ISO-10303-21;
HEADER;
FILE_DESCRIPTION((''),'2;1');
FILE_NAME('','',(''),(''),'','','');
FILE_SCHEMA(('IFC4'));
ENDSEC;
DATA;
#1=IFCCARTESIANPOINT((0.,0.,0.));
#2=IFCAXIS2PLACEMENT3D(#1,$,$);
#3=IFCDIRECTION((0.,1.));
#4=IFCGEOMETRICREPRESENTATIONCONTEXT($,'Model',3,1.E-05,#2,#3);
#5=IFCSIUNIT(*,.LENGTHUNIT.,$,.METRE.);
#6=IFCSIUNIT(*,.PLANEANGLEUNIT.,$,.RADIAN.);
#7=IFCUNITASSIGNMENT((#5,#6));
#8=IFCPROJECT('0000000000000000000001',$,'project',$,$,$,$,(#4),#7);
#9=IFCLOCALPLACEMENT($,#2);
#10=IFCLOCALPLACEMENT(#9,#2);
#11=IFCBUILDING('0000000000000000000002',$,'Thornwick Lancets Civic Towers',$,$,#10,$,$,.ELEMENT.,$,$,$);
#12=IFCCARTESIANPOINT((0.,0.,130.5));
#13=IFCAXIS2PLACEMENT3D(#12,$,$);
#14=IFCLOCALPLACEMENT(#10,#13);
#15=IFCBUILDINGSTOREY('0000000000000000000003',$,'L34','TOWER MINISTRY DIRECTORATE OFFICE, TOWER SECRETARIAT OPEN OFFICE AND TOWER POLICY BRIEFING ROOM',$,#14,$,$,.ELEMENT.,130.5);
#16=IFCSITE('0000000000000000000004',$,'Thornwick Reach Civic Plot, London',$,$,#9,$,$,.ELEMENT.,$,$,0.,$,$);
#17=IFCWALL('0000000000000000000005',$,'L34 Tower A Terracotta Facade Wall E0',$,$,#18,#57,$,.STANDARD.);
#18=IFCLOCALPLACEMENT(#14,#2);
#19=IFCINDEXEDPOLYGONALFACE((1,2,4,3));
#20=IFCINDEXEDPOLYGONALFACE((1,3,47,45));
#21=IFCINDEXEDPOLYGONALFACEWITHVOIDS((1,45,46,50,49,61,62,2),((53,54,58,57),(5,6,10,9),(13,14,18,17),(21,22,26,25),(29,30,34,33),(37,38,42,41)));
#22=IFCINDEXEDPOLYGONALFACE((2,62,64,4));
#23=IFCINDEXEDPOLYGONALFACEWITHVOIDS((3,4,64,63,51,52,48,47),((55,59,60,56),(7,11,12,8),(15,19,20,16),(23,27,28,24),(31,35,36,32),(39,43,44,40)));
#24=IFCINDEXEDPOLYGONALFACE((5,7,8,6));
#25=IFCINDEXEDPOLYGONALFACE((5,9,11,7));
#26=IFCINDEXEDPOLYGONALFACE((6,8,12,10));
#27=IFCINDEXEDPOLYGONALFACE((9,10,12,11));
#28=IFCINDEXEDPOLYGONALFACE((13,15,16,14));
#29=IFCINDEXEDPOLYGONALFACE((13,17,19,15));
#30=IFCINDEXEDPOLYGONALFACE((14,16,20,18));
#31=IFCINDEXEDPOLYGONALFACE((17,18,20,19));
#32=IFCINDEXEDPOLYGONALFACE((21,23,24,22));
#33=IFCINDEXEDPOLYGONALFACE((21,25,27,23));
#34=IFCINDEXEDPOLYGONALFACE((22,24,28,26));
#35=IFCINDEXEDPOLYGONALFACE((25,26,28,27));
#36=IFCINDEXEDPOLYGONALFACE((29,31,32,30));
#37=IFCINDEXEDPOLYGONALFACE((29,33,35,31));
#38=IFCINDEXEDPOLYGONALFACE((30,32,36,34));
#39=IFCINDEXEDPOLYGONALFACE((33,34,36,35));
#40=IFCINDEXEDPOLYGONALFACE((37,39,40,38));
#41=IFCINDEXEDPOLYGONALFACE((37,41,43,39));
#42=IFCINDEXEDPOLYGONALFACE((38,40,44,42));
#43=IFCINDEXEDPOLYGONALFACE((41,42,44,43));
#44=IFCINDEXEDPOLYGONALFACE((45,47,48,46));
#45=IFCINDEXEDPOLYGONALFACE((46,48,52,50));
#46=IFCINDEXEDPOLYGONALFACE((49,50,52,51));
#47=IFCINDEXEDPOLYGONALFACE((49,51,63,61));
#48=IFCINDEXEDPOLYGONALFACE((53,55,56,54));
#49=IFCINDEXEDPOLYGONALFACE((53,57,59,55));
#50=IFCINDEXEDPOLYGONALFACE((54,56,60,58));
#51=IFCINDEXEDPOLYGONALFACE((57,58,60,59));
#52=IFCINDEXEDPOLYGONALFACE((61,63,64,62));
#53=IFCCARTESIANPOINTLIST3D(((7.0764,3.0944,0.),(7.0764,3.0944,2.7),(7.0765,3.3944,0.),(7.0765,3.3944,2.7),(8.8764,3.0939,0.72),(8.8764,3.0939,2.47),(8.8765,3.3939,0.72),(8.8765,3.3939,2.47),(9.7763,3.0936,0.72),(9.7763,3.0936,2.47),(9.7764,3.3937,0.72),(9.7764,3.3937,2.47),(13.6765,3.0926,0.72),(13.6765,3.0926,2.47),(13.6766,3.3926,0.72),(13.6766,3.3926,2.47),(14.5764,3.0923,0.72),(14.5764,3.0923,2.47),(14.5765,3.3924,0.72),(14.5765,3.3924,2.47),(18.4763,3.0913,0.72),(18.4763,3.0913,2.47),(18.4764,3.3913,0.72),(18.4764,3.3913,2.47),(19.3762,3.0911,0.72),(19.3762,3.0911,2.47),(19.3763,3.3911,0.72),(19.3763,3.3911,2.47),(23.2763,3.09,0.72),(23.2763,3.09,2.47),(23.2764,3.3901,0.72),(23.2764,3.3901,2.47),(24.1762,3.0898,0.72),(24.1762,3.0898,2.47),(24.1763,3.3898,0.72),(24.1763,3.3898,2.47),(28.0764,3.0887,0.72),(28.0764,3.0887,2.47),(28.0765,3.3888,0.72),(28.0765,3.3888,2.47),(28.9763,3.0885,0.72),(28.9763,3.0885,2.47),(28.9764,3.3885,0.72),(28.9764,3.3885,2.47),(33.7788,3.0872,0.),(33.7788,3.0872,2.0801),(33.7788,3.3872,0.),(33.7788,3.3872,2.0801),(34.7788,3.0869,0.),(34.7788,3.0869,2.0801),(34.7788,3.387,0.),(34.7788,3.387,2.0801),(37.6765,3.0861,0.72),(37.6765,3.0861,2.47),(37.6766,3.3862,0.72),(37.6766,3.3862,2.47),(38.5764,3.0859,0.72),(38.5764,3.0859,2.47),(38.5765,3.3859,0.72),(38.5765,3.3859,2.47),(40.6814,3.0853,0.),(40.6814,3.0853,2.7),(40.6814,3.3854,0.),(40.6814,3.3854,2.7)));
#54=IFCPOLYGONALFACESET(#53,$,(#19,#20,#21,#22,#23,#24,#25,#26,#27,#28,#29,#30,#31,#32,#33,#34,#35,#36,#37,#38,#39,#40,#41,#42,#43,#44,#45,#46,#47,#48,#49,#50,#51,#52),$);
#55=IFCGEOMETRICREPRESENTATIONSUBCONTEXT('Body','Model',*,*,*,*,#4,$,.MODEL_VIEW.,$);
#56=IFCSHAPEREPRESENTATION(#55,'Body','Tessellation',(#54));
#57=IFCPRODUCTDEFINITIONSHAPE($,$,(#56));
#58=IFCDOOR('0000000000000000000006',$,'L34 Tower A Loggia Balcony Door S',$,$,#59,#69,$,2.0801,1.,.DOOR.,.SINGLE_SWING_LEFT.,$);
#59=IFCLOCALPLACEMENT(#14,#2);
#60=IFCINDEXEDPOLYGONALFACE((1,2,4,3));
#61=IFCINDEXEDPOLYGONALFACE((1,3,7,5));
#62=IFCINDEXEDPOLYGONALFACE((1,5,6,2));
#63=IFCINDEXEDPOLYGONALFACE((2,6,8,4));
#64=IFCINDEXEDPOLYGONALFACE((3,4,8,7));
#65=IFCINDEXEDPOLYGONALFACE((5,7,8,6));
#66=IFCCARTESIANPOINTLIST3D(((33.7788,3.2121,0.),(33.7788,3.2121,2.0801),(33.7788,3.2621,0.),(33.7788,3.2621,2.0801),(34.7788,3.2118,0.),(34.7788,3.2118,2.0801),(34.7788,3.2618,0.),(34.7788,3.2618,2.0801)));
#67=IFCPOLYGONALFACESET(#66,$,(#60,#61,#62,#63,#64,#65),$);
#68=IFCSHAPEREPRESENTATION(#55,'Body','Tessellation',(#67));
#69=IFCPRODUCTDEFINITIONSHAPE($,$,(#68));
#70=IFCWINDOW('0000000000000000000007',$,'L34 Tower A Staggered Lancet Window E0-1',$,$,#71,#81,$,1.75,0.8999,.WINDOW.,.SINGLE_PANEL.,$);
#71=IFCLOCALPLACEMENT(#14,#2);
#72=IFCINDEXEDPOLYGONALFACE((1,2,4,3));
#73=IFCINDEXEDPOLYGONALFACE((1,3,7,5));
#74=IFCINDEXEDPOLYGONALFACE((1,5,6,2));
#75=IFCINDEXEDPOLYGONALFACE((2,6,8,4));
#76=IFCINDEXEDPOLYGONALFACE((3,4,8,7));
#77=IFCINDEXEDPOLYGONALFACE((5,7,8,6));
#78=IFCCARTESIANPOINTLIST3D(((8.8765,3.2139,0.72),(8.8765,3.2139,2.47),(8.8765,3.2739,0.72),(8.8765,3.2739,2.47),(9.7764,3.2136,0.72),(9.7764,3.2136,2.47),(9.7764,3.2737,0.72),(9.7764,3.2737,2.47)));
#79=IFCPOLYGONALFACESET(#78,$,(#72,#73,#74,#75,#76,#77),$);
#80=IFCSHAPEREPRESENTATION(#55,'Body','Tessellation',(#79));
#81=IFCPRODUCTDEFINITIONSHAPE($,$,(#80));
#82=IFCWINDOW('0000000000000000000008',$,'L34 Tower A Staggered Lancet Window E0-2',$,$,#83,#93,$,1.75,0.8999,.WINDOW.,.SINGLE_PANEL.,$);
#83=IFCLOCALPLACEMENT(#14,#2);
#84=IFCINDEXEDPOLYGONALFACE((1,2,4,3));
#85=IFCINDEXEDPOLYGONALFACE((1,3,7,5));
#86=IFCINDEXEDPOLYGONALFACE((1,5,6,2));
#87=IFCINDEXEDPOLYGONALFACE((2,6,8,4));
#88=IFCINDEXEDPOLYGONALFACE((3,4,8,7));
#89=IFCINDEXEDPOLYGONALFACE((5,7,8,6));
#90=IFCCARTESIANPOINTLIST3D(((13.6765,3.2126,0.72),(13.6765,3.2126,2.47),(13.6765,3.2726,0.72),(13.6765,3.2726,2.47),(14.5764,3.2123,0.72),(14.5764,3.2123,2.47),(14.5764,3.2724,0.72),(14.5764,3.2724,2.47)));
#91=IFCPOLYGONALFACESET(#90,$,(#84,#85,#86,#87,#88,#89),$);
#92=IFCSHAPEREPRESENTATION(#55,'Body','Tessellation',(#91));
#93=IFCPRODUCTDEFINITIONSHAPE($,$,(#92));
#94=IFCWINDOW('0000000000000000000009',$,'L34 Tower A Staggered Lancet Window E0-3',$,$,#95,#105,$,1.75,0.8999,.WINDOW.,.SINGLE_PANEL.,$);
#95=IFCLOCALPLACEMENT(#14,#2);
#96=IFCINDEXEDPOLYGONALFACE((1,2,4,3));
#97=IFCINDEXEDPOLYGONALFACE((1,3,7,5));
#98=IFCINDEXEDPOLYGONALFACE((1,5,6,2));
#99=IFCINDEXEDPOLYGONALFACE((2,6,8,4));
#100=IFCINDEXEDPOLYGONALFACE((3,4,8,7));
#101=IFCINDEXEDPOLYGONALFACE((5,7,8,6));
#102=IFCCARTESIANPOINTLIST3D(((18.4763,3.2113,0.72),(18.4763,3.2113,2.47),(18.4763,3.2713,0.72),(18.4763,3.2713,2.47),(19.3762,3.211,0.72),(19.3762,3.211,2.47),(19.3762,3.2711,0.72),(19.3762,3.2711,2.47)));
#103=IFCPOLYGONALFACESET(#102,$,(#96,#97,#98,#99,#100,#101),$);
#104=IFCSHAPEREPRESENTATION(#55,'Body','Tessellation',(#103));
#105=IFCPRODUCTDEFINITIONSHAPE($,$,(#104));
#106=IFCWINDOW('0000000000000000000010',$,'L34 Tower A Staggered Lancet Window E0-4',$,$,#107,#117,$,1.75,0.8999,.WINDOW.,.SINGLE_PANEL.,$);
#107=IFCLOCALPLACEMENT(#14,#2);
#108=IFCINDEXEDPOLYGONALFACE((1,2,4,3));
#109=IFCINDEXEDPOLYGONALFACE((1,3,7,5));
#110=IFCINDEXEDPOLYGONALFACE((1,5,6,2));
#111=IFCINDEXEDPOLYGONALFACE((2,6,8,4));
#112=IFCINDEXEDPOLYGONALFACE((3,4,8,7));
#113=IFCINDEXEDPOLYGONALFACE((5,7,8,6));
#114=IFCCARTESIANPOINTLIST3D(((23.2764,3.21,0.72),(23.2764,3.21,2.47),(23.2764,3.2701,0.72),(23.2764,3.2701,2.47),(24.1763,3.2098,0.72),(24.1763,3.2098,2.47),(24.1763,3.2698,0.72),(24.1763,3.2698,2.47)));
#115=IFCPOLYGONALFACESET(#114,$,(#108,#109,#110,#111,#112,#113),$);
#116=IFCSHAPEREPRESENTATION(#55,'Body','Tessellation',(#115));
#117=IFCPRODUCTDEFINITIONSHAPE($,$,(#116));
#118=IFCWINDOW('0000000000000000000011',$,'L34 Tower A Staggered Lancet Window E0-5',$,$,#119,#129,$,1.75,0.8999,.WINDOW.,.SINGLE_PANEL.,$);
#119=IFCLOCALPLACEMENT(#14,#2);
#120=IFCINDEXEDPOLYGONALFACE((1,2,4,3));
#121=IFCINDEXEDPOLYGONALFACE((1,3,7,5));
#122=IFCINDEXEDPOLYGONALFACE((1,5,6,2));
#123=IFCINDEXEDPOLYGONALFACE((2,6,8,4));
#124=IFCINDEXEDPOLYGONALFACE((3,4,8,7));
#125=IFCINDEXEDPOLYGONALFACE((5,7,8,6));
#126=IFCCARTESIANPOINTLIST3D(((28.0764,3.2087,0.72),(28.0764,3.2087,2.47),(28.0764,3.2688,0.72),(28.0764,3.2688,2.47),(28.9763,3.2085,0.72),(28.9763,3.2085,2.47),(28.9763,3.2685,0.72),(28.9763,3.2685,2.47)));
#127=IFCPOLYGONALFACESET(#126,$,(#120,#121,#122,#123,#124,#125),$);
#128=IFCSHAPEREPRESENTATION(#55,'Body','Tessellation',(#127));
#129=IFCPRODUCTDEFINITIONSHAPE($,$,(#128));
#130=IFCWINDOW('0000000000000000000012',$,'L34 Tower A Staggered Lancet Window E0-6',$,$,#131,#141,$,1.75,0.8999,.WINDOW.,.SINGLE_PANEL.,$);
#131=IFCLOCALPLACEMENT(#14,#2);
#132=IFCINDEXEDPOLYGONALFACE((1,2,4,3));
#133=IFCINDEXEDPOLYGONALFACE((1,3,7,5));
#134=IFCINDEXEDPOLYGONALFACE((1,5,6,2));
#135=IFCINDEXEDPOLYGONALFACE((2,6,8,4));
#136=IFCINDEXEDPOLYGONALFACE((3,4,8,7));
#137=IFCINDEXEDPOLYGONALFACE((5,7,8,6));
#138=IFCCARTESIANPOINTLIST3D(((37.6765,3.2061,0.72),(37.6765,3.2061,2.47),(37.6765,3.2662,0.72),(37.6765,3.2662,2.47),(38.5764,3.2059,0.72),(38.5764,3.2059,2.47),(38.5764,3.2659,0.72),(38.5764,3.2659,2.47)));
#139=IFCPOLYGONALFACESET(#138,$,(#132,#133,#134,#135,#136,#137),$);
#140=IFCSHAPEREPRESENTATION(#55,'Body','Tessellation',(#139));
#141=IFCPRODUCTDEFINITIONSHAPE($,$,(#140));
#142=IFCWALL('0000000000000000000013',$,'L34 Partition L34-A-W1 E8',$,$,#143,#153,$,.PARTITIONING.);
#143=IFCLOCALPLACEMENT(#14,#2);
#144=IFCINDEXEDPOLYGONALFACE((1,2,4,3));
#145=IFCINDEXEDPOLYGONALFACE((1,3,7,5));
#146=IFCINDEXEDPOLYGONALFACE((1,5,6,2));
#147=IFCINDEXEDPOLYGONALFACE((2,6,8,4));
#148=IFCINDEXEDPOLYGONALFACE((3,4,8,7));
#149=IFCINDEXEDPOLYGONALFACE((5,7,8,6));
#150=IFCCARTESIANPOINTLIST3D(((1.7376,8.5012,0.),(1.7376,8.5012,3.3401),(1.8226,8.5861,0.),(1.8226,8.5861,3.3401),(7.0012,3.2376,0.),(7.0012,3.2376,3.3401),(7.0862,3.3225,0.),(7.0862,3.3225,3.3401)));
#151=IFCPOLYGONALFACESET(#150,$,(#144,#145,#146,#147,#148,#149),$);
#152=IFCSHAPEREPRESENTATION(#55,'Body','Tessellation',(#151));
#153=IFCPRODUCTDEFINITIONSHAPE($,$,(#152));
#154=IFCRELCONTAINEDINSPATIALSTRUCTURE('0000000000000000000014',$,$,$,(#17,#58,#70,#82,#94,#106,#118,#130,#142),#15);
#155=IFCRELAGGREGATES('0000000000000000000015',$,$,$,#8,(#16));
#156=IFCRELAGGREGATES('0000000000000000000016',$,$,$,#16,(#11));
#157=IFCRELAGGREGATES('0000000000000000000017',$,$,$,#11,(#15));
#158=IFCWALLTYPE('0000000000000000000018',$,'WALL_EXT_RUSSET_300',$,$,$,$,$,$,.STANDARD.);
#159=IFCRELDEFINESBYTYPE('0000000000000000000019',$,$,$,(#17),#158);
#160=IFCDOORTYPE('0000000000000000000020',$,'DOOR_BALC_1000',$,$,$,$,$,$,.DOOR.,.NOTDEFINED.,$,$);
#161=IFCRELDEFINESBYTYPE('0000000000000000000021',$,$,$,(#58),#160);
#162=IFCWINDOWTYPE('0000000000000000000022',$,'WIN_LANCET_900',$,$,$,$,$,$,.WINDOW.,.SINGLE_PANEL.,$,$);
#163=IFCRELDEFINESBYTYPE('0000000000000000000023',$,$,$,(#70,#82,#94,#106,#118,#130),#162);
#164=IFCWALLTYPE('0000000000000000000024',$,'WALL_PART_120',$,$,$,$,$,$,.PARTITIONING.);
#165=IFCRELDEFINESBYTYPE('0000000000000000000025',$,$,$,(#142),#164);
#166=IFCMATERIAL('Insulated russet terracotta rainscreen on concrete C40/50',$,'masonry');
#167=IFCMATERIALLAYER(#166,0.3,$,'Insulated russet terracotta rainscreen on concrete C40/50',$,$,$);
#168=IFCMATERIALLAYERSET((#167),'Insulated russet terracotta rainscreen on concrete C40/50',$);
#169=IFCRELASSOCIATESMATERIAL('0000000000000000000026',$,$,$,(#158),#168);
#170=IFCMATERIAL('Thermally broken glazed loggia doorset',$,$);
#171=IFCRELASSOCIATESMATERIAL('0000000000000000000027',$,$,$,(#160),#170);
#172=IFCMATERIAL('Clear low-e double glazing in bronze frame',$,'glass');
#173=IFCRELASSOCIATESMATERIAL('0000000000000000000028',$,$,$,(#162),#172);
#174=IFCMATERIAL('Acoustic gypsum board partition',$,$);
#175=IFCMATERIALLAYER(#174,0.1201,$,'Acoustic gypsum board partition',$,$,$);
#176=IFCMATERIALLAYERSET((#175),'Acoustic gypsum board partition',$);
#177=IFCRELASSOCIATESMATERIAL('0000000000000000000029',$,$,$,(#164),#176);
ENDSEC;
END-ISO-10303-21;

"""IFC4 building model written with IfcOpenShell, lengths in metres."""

from ifc_helpers import new_model, si_unit, direction, frame, frame_2d, origin, place, context, subcontext, project, spatial, rectangle, extrude, material, layer, layer_set, type_object, element, fill, save


model = new_model("IFC4")

# Units and contexts
model_context = context("Model", 3, precision=1e-05, world=origin(), true_north=direction((0.0, 1.0)))
body_context = subcontext(model_context, "Body", "Model", "MODEL_VIEW")
ifc_project = project(units=[si_unit("LENGTHUNIT", "METRE"), si_unit("PLANEANGLEUNIT", "RADIAN")], contexts=[model_context])

# Site, building, storey
site_placement = place(None, origin())
site = spatial("IfcSite", under=ifc_project, at=site_placement, Name="Thornwick Reach Civic Plot, London", CompositionType="ELEMENT", RefElevation=0.0)
building_placement = place(site_placement, origin())
building = spatial("IfcBuilding", under=site, at=building_placement, Name="Thornwick Lancets Civic Towers", CompositionType="ELEMENT")
storey_placement = place(building_placement, frame((0.0, 0.0, 130.5)))
storey = spatial("IfcBuildingStorey", under=building, at=storey_placement, Name="L34", Description="TOWER MINISTRY DIRECTORATE OFFICE, TOWER SECRETARIAT OPEN OFFICE AND TOWER POLICY BRIEFING ROOM", CompositionType="ELEMENT", Elevation=130.5)

# Wall, openings, door, windows
ifc_material_1 = material(Name="Insulated russet terracotta rainscreen on concrete C40/50", Category="masonry")
ifc_layer_1 = layer(ifc_material_1, 0.3, Name="Insulated russet terracotta rainscreen on concrete C40/50")
ifc_layer_set_1 = layer_set([ifc_layer_1], Name="Insulated russet terracotta rainscreen on concrete C40/50")
wall_type_1 = type_object("IfcWallType", Name="WALL_EXT_RUSSET_300", PredefinedType="STANDARD", material=ifc_layer_set_1)
wall_1_placement = place(storey_placement, frame((7.0764, 3.2444, 0.0), z_axis=(0.0, 0.0, 1.0), x_axis=(1.0, -0.000269, 0.0)))
wall_1 = element("IfcWall", 1, at=wall_1_placement, inside=storey, type_object=wall_type_1, Name="L34 Tower A Terracotta Facade Wall E0", PredefinedType="STANDARD", context=body_context, shape_type="SweptSolid", body=[
    extrude(rectangle(XDim=33.605, YDim=0.3, at=frame_2d((16.8025, 0.0))), origin(), (0.0, 0.0, 1.0), 2.7),
])
opening_1_placement = place(wall_1_placement, frame((26.7024, 0.0, 0.0)))
opening_1 = element("IfcOpeningElement", 2, at=opening_1_placement, cuts=wall_1, PredefinedType="OPENING", context=body_context, shape_type="SweptSolid", body=[
    extrude(rectangle(XDim=1.0, YDim=2.0801, at=frame_2d((0.5, 1.04))), frame((0.0, 0.1602, 0.0), z_axis=(0.0, -1.0, 0.0), x_axis=(1.0, 0.0, 0.0)), (0.0, 0.0, 1.0), 0.3201),
])
opening_2_placement = place(wall_1_placement, frame((1.8, 0.0, 0.72)))
opening_2 = element("IfcOpeningElement", 3, at=opening_2_placement, cuts=wall_1, PredefinedType="OPENING", context=body_context, shape_type="SweptSolid", body=[
    extrude(rectangle(XDim=0.8999, YDim=1.75, at=frame_2d((0.45, 0.875))), frame((0.0, 0.1602, 0.0), z_axis=(0.0, -1.0, 0.0), x_axis=(1.0, 0.0, 0.0)), (0.0, 0.0, 1.0), 0.3201),
])
opening_3_placement = place(wall_1_placement, frame((6.6001, 0.0, 0.72)))
opening_3 = element("IfcOpeningElement", 4, at=opening_3_placement, cuts=wall_1, PredefinedType="OPENING", context=body_context, shape_type="SweptSolid", body=[
    extrude(rectangle(XDim=0.8999, YDim=1.75, at=frame_2d((0.45, 0.875))), frame((0.0, 0.1602, 0.0), z_axis=(0.0, -1.0, 0.0), x_axis=(1.0, 0.0, 0.0)), (0.0, 0.0, 1.0), 0.3201),
])
opening_4_placement = place(wall_1_placement, frame((11.3999, 0.0, 0.72)))
opening_4 = element("IfcOpeningElement", 5, at=opening_4_placement, cuts=wall_1, PredefinedType="OPENING", context=body_context, shape_type="SweptSolid", body=[
    extrude(rectangle(XDim=0.8999, YDim=1.75, at=frame_2d((0.45, 0.875))), frame((0.0, 0.1602, 0.0), z_axis=(0.0, -1.0, 0.0), x_axis=(1.0, 0.0, 0.0)), (0.0, 0.0, 1.0), 0.3201),
])
opening_5_placement = place(wall_1_placement, frame((16.2, 0.0, 0.72)))
opening_5 = element("IfcOpeningElement", 6, at=opening_5_placement, cuts=wall_1, PredefinedType="OPENING", context=body_context, shape_type="SweptSolid", body=[
    extrude(rectangle(XDim=0.8999, YDim=1.75, at=frame_2d((0.45, 0.875))), frame((0.0, 0.1602, 0.0), z_axis=(0.0, -1.0, 0.0), x_axis=(1.0, 0.0, 0.0)), (0.0, 0.0, 1.0), 0.3201),
])
opening_6_placement = place(wall_1_placement, frame((21.0, 0.0, 0.72)))
opening_6 = element("IfcOpeningElement", 7, at=opening_6_placement, cuts=wall_1, PredefinedType="OPENING", context=body_context, shape_type="SweptSolid", body=[
    extrude(rectangle(XDim=0.8999, YDim=1.75, at=frame_2d((0.45, 0.875))), frame((0.0, 0.1602, 0.0), z_axis=(0.0, -1.0, 0.0), x_axis=(1.0, 0.0, 0.0)), (0.0, 0.0, 1.0), 0.3201),
])
opening_7_placement = place(wall_1_placement, frame((30.6001, 0.0, 0.72)))
opening_7 = element("IfcOpeningElement", 8, at=opening_7_placement, cuts=wall_1, PredefinedType="OPENING", context=body_context, shape_type="SweptSolid", body=[
    extrude(rectangle(XDim=0.8999, YDim=1.75, at=frame_2d((0.45, 0.875))), frame((0.0, 0.1602, 0.0), z_axis=(0.0, -1.0, 0.0), x_axis=(1.0, 0.0, 0.0)), (0.0, 0.0, 1.0), 0.3201),
])
ifc_material_2 = material(Name="Thermally broken glazed loggia doorset")
door_type = type_object("IfcDoorType", Name="DOOR_BALC_1000", OperationType="NOTDEFINED", PredefinedType="DOOR", material=ifc_material_2)
door_placement = place(opening_1_placement, origin())
door = element("IfcDoor", 9, at=door_placement, inside=storey, type_object=door_type, Name="L34 Tower A Loggia Balcony Door S", OperationType="SINGLE_SWING_LEFT", OverallHeight=2.0801, OverallWidth=1.0, PredefinedType="DOOR", context=body_context, shape_type="SweptSolid", body=[
    extrude(rectangle(XDim=1.0, YDim=2.0801, at=frame_2d((0.5, 1.04))), frame((0.0, 0.0249, 0.0), z_axis=(0.0, -1.0, 0.0), x_axis=(1.0, 0.0, 0.0)), (0.0, 0.0, 1.0), 0.05),
])
fill(opening_1, door)
ifc_material_3 = material(Name="Clear low-e double glazing in bronze frame", Category="glass")
window_type = type_object("IfcWindowType", Name="WIN_LANCET_900", PartitioningType="SINGLE_PANEL", PredefinedType="WINDOW", material=ifc_material_3)
window_1_placement = place(opening_2_placement, origin())
window_1 = element("IfcWindow", 10, at=window_1_placement, inside=storey, type_object=window_type, Name="L34 Tower A Staggered Lancet Window E0-1", OverallHeight=1.75, OverallWidth=0.8999, PartitioningType="SINGLE_PANEL", PredefinedType="WINDOW", context=body_context, shape_type="SweptSolid", body=[
    extrude(rectangle(XDim=0.8999, YDim=1.75, at=frame_2d((0.45, 0.875))), frame((0.0, 0.03, 0.0), z_axis=(0.0, -1.0, 0.0), x_axis=(1.0, 0.0, 0.0)), (0.0, 0.0, 1.0), 0.0601),
])
fill(opening_2, window_1)
window_2_placement = place(opening_3_placement, origin())
window_2 = element("IfcWindow", 11, at=window_2_placement, inside=storey, type_object=window_type, Name="L34 Tower A Staggered Lancet Window E0-2", OverallHeight=1.75, OverallWidth=0.8999, PartitioningType="SINGLE_PANEL", PredefinedType="WINDOW", context=body_context, shape_type="SweptSolid", body=[
    extrude(rectangle(XDim=0.8999, YDim=1.75, at=frame_2d((0.45, 0.875))), frame((0.0, 0.03, 0.0), z_axis=(0.0, -1.0, 0.0), x_axis=(1.0, 0.0, 0.0)), (0.0, 0.0, 1.0), 0.0601),
])
fill(opening_3, window_2)
window_3_placement = place(opening_4_placement, origin())
window_3 = element("IfcWindow", 12, at=window_3_placement, inside=storey, type_object=window_type, Name="L34 Tower A Staggered Lancet Window E0-3", OverallHeight=1.75, OverallWidth=0.8999, PartitioningType="SINGLE_PANEL", PredefinedType="WINDOW", context=body_context, shape_type="SweptSolid", body=[
    extrude(rectangle(XDim=0.8999, YDim=1.75, at=frame_2d((0.45, 0.875))), frame((0.0, 0.03, 0.0), z_axis=(0.0, -1.0, 0.0), x_axis=(1.0, 0.0, 0.0)), (0.0, 0.0, 1.0), 0.0601),
])
fill(opening_4, window_3)
window_4_placement = place(opening_5_placement, origin())
window_4 = element("IfcWindow", 13, at=window_4_placement, inside=storey, type_object=window_type, Name="L34 Tower A Staggered Lancet Window E0-4", OverallHeight=1.75, OverallWidth=0.8999, PartitioningType="SINGLE_PANEL", PredefinedType="WINDOW", context=body_context, shape_type="SweptSolid", body=[
    extrude(rectangle(XDim=0.8999, YDim=1.75, at=frame_2d((0.45, 0.875))), frame((0.0, 0.03, 0.0), z_axis=(0.0, -1.0, 0.0), x_axis=(1.0, 0.0, 0.0)), (0.0, 0.0, 1.0), 0.0601),
])
fill(opening_5, window_4)
window_5_placement = place(opening_6_placement, origin())
window_5 = element("IfcWindow", 14, at=window_5_placement, inside=storey, type_object=window_type, Name="L34 Tower A Staggered Lancet Window E0-5", OverallHeight=1.75, OverallWidth=0.8999, PartitioningType="SINGLE_PANEL", PredefinedType="WINDOW", context=body_context, shape_type="SweptSolid", body=[
    extrude(rectangle(XDim=0.8999, YDim=1.75, at=frame_2d((0.45, 0.875))), frame((0.0, 0.03, 0.0), z_axis=(0.0, -1.0, 0.0), x_axis=(1.0, 0.0, 0.0)), (0.0, 0.0, 1.0), 0.0601),
])
fill(opening_6, window_5)
window_6_placement = place(opening_7_placement, origin())
window_6 = element("IfcWindow", 15, at=window_6_placement, inside=storey, type_object=window_type, Name="L34 Tower A Staggered Lancet Window E0-6", OverallHeight=1.75, OverallWidth=0.8999, PartitioningType="SINGLE_PANEL", PredefinedType="WINDOW", context=body_context, shape_type="SweptSolid", body=[
    extrude(rectangle(XDim=0.8999, YDim=1.75, at=frame_2d((0.45, 0.875))), frame((0.0, 0.03, 0.0), z_axis=(0.0, -1.0, 0.0), x_axis=(1.0, 0.0, 0.0)), (0.0, 0.0, 1.0), 0.0601),
])
fill(opening_7, window_6)

# Wall
ifc_material_4 = material(Name="Acoustic gypsum board partition")
ifc_layer_2 = layer(ifc_material_4, 0.1201, Name="Acoustic gypsum board partition")
ifc_layer_set_2 = layer_set([ifc_layer_2], Name="Acoustic gypsum board partition")
wall_type_2 = type_object("IfcWallType", Name="WALL_PART_120", PredefinedType="PARTITIONING", material=ifc_layer_set_2)
wall_2_placement = place(storey_placement, frame((7.0437, 3.28, 0.0), z_axis=(0.0, 0.0, 1.0), x_axis=(-0.707107, 0.707107, 0.0)))
element("IfcWall", 16, at=wall_2_placement, inside=storey, type_object=wall_type_2, Name="L34 Partition L34-A-W1 E8", PredefinedType="PARTITIONING", context=body_context, shape_type="SweptSolid", body=[
    extrude(rectangle(XDim=7.4438, YDim=0.1201, at=frame_2d((3.7219, 0.0))), origin(), (0.0, 0.0, 1.0), 3.3401),
])

save(model, "model.ifc")
